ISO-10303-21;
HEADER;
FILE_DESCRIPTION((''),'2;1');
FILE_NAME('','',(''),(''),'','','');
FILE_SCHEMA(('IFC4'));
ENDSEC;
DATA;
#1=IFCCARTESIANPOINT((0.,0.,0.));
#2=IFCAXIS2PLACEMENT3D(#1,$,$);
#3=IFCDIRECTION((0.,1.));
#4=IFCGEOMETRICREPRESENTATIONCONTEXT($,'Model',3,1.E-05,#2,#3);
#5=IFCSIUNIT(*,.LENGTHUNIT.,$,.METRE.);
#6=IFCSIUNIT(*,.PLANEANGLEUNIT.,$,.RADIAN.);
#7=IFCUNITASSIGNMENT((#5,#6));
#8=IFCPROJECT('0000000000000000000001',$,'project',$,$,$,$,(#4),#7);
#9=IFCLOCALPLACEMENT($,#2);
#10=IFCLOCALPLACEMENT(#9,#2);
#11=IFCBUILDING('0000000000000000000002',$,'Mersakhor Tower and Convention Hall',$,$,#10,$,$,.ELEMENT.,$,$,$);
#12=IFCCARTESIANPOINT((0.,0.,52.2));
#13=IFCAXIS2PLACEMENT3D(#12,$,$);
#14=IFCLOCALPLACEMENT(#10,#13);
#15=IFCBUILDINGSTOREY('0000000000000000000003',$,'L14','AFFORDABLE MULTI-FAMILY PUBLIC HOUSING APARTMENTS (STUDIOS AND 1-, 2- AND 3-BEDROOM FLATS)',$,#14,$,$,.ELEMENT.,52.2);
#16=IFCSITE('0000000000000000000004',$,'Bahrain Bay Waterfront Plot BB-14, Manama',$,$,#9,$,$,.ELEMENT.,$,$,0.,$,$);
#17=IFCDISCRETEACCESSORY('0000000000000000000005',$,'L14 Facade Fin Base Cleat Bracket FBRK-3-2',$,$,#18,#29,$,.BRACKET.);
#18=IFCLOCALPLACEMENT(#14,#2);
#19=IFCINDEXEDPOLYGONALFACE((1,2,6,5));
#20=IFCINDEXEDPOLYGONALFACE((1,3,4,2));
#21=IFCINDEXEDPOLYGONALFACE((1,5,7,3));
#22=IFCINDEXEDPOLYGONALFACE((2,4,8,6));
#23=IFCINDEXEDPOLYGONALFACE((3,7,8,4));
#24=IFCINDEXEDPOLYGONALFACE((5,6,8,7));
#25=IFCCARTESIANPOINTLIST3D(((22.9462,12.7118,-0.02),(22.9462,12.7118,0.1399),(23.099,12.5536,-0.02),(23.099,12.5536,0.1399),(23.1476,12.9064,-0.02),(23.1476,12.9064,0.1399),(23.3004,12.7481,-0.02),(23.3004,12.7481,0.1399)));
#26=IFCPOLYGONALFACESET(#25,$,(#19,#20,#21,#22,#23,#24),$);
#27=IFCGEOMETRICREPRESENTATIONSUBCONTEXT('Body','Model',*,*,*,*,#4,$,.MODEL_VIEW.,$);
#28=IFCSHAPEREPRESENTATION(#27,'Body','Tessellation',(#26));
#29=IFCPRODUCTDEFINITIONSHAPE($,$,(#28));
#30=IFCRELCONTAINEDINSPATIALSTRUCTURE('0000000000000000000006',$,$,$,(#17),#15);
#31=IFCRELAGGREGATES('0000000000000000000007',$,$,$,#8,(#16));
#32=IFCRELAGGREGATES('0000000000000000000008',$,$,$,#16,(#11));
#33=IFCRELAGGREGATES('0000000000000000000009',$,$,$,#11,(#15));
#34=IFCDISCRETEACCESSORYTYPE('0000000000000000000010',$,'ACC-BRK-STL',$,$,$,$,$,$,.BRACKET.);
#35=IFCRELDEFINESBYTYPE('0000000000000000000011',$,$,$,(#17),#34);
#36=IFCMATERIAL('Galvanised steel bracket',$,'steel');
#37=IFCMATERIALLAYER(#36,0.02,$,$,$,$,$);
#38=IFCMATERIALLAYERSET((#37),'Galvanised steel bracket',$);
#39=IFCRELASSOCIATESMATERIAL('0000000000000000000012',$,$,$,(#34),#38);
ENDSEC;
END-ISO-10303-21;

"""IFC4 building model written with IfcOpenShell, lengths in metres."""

from ifc_helpers import new_model, si_unit, direction, frame, origin, origin_2d, place, context, subcontext, project, spatial, rectangle, extrude, material, layer, layer_set, type_object, element, save


model = new_model("IFC4")

# Units and contexts
model_context = context("Model", 3, precision=1e-05, world=origin(), true_north=direction((0.0, 1.0)))
body_context = subcontext(model_context, "Body", "Model", "MODEL_VIEW")
ifc_project = project(units=[si_unit("LENGTHUNIT", "METRE"), si_unit("PLANEANGLEUNIT", "RADIAN")], contexts=[model_context])

# Site, building, storey
site_placement = place(None, origin())
site = spatial("IfcSite", under=ifc_project, at=site_placement, Name="Bahrain Bay Waterfront Plot BB-14, Manama", CompositionType="ELEMENT", RefElevation=0.0)
building_placement = place(site_placement, origin())
building = spatial("IfcBuilding", under=site, at=building_placement, Name="Mersakhor Tower and Convention Hall", CompositionType="ELEMENT")
storey_placement = place(building_placement, frame((0.0, 0.0, 52.2)))
storey = spatial("IfcBuildingStorey", under=building, at=storey_placement, Name="L14", Description="AFFORDABLE MULTI-FAMILY PUBLIC HOUSING APARTMENTS (STUDIOS AND 1-, 2- AND 3-BEDROOM FLATS)", CompositionType="ELEMENT", Elevation=52.2)

# Discrete accessory
ifc_material_1 = material(Name="Galvanised steel bracket", Category="steel")
ifc_layer_1 = layer(ifc_material_1, 0.02)
ifc_layer_set_1 = layer_set([ifc_layer_1], Name="Galvanised steel bracket")
discrete_accessory_type = type_object("IfcDiscreteAccessoryType", Name="ACC-BRK-STL", PredefinedType="BRACKET", material=ifc_layer_set_1)
discrete_accessory_1_placement = place(storey_placement, frame((23.1233, 12.73, -0.02), z_axis=(0.0, 0.0, 1.0), x_axis=(-0.71934, -0.694658, 0.0)))
element("IfcDiscreteAccessory", 1, at=discrete_accessory_1_placement, inside=storey, type_object=discrete_accessory_type, Name="L14 Facade Fin Base Cleat Bracket FBRK-3-2", PredefinedType="BRACKET", context=body_context, shape_type="SweptSolid", body=[
    extrude(rectangle(XDim=0.28, YDim=0.22, at=origin_2d()), origin(), (0.0, 0.0, 1.0), 0.1599),
])

save(model, "model.ifc")
